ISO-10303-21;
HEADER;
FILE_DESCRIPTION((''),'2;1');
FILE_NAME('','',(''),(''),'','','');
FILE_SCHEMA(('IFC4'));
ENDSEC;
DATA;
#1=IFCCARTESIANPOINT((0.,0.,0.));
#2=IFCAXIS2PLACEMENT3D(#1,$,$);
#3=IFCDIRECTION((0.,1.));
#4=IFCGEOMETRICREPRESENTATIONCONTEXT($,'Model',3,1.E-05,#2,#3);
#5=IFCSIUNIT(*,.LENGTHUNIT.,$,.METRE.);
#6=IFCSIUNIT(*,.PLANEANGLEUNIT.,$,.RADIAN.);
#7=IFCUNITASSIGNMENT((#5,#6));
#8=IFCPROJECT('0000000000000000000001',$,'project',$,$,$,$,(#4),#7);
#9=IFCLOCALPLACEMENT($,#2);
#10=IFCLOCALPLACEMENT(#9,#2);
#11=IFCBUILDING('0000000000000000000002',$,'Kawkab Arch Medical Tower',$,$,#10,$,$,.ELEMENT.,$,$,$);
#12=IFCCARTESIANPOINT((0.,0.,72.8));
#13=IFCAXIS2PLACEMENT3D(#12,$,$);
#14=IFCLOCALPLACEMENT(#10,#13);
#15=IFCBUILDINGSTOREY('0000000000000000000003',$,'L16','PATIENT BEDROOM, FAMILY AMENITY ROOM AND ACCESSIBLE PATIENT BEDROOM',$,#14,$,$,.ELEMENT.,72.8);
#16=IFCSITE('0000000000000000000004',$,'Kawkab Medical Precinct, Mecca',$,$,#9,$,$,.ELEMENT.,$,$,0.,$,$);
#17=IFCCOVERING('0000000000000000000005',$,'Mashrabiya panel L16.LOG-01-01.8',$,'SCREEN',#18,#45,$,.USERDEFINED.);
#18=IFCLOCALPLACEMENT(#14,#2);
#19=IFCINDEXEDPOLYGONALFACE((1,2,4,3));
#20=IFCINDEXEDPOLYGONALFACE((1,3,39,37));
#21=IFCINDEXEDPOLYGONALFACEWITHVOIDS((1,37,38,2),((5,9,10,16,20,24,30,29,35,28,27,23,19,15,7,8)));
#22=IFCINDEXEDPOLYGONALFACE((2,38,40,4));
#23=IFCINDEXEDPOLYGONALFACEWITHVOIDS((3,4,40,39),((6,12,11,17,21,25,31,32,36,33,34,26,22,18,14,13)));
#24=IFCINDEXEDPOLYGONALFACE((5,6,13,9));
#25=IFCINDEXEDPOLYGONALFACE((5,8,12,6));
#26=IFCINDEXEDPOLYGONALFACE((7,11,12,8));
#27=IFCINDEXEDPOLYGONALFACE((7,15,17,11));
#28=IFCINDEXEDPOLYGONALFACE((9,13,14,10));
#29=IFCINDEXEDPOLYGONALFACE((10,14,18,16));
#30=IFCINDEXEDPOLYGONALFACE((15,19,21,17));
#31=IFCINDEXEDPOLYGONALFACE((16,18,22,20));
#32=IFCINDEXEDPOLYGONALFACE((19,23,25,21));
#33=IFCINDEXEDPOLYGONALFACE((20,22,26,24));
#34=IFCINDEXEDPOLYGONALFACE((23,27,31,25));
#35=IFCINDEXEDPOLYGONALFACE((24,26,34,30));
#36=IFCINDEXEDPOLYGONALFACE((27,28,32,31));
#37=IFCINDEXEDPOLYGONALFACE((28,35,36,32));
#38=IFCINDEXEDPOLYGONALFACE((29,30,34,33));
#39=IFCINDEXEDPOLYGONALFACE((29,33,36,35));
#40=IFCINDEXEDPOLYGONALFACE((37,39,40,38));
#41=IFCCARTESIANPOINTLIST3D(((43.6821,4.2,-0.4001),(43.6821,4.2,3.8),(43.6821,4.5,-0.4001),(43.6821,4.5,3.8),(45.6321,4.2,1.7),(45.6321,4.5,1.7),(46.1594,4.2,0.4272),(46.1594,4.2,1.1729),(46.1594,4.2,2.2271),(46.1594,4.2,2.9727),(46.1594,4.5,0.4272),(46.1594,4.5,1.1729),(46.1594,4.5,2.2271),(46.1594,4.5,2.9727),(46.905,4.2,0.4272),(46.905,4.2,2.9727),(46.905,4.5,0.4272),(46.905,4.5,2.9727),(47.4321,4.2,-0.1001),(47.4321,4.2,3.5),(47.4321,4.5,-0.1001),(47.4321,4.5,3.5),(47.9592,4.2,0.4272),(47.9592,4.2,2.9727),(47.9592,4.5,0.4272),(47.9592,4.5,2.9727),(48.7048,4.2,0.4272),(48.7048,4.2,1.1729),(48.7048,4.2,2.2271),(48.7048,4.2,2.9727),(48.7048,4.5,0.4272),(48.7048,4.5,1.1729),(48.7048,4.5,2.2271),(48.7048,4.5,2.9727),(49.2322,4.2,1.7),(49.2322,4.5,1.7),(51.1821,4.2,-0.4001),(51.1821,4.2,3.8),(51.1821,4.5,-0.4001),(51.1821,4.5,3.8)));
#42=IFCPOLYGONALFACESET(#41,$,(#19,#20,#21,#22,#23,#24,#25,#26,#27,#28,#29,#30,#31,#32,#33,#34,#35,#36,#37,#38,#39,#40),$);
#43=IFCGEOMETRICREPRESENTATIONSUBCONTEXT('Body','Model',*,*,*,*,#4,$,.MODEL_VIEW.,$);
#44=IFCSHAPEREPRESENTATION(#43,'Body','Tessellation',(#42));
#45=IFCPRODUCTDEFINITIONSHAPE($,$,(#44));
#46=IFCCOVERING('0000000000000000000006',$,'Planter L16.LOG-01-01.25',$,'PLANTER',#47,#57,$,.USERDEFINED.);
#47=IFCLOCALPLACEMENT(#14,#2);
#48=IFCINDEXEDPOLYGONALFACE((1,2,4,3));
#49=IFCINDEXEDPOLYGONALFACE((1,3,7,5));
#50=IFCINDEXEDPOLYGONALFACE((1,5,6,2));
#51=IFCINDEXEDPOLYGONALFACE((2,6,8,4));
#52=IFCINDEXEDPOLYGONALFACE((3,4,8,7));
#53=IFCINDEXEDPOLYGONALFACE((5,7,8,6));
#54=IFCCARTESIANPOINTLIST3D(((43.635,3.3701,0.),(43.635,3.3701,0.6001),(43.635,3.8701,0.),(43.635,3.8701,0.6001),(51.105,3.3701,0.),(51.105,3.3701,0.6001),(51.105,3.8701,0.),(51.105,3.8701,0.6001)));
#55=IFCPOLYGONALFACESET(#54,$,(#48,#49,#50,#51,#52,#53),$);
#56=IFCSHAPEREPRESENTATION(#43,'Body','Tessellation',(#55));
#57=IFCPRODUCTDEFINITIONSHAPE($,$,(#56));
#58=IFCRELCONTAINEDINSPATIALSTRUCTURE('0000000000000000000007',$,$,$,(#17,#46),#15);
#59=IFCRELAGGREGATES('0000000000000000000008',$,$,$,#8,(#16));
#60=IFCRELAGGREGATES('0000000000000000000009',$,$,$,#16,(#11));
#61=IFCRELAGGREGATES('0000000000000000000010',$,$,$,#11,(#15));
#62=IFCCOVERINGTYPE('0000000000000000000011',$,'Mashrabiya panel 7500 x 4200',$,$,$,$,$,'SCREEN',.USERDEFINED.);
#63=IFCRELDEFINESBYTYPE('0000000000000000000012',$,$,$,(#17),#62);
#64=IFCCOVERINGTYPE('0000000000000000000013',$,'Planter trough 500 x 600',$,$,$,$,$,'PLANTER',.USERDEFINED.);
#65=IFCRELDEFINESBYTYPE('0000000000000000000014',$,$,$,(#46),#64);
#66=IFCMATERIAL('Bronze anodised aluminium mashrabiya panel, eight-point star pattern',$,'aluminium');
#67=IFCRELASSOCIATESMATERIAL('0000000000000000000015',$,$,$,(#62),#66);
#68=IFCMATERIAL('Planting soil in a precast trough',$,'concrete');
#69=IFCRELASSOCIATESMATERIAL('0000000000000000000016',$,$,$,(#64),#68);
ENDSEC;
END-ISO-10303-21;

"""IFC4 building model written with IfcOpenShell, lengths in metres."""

from ifc_helpers import new_model, si_unit, direction, frame, origin, origin_2d, place, context, subcontext, project, spatial, polyline, rectangle, outline, extrude, material, material_profile, profile_set, type_object, element, save


model = new_model("IFC4")

# Units and contexts
model_context = context("Model", 3, precision=1e-05, world=origin(), true_north=direction((0.0, 1.0)))
body_context = subcontext(model_context, "Body", "Model", "MODEL_VIEW")
ifc_project = project(units=[si_unit("LENGTHUNIT", "METRE"), si_unit("PLANEANGLEUNIT", "RADIAN")], contexts=[model_context])

# Site, building, storey
site_placement = place(None, origin())
site = spatial("IfcSite", under=ifc_project, at=site_placement, Name="Kawkab Medical Precinct, Mecca", CompositionType="ELEMENT", RefElevation=0.0)
building_placement = place(site_placement, origin())
building = spatial("IfcBuilding", under=site, at=building_placement, Name="Kawkab Arch Medical Tower", CompositionType="ELEMENT")
storey_placement = place(building_placement, frame((0.0, 0.0, 72.8)))
storey = spatial("IfcBuildingStorey", under=building, at=storey_placement, Name="L16", Description="PATIENT BEDROOM, FAMILY AMENITY ROOM AND ACCESSIBLE PATIENT BEDROOM", CompositionType="ELEMENT", Elevation=72.8)

# Coverings
ifc_material_1 = material(Name="Bronze anodised aluminium mashrabiya panel, eight-point star pattern", Category="aluminium")
ifc_material_profile_1 = material_profile(ifc_material_1, outline(polyline([(-3.75, -2.1001), (3.75, -2.1001), (3.75, 2.1001), (-3.75, 2.1001), (-3.75, -2.1001)]), holes=[polyline([(1.8, 0.0), (1.2727, 0.5271), (1.2727, 1.2727), (0.5271, 1.2727), (0.0, 1.8), (-0.5271, 1.2727), (-1.2727, 1.2727), (-1.2727, 0.5271), (-1.8, 0.0), (-1.2727, -0.5271), (-1.2727, -1.2727), (-0.5271, -1.2727), (0.0, -1.8), (0.5271, -1.2727), (1.2727, -1.2727), (1.2727, -0.5271), (1.8, 0.0)])]), Name="Mashrabiya panel 7500x4200")
ifc_profile_set_1 = profile_set([ifc_material_profile_1], Name="Bronze anodised aluminium mashrabiya panel, eight-point star pattern")
covering_type_1 = type_object("IfcCoveringType", Name="Mashrabiya panel 7500 x 4200", ElementType="SCREEN", PredefinedType="USERDEFINED", material=ifc_profile_set_1)
covering_1_placement = place(storey_placement, frame((47.4321, 4.2, 1.7), z_axis=(0.0, 1.0, 0.0), x_axis=(-1.0, 0.0, 0.0)))
element("IfcCovering", 1, at=covering_1_placement, inside=storey, type_object=covering_type_1, Name="Mashrabiya panel L16.LOG-01-01.8", ObjectType="SCREEN", PredefinedType="USERDEFINED", context=body_context, shape_type="SweptSolid", body=[
    extrude(outline(polyline([(-3.75, -2.1001), (3.75, -2.1001), (3.75, 2.1001), (-3.75, 2.1001), (-3.75, -2.1001)]), holes=[polyline([(1.8, 0.0), (1.2727, 0.5271), (1.2727, 1.2727), (0.5271, 1.2727), (0.0, 1.8), (-0.5271, 1.2727), (-1.2727, 1.2727), (-1.2727, 0.5271), (-1.8, 0.0), (-1.2727, -0.5271), (-1.2727, -1.2727), (-0.5271, -1.2727), (0.0, -1.8), (0.5271, -1.2727), (1.2727, -1.2727), (1.2727, -0.5271), (1.8, 0.0)])]), origin(), (0.0, 0.0, 1.0), 0.3),
])
ifc_material_2 = material(Name="Planting soil in a precast trough", Category="concrete")
ifc_material_profile_2 = material_profile(ifc_material_2, rectangle(XDim=0.5, YDim=0.6001, at=origin_2d()), Name="Trough 500x600")
ifc_profile_set_2 = profile_set([ifc_material_profile_2], Name="Planting soil in a precast trough")
covering_type_2 = type_object("IfcCoveringType", Name="Planter trough 500 x 600", ElementType="PLANTER", PredefinedType="USERDEFINED", material=ifc_profile_set_2)
covering_2_placement = place(storey_placement, frame((43.635, 3.6201, 0.3), z_axis=(1.0, 0.0, 0.0), x_axis=(0.0, 1.0, 0.0)))
element("IfcCovering", 2, at=covering_2_placement, inside=storey, type_object=covering_type_2, Name="Planter L16.LOG-01-01.25", ObjectType="PLANTER", PredefinedType="USERDEFINED", context=body_context, shape_type="SweptSolid", body=[
    extrude(rectangle(XDim=0.5, YDim=0.6001, at=origin_2d()), origin(), (0.0, 0.0, 1.0), 7.47),
])

save(model, "model.ifc")
